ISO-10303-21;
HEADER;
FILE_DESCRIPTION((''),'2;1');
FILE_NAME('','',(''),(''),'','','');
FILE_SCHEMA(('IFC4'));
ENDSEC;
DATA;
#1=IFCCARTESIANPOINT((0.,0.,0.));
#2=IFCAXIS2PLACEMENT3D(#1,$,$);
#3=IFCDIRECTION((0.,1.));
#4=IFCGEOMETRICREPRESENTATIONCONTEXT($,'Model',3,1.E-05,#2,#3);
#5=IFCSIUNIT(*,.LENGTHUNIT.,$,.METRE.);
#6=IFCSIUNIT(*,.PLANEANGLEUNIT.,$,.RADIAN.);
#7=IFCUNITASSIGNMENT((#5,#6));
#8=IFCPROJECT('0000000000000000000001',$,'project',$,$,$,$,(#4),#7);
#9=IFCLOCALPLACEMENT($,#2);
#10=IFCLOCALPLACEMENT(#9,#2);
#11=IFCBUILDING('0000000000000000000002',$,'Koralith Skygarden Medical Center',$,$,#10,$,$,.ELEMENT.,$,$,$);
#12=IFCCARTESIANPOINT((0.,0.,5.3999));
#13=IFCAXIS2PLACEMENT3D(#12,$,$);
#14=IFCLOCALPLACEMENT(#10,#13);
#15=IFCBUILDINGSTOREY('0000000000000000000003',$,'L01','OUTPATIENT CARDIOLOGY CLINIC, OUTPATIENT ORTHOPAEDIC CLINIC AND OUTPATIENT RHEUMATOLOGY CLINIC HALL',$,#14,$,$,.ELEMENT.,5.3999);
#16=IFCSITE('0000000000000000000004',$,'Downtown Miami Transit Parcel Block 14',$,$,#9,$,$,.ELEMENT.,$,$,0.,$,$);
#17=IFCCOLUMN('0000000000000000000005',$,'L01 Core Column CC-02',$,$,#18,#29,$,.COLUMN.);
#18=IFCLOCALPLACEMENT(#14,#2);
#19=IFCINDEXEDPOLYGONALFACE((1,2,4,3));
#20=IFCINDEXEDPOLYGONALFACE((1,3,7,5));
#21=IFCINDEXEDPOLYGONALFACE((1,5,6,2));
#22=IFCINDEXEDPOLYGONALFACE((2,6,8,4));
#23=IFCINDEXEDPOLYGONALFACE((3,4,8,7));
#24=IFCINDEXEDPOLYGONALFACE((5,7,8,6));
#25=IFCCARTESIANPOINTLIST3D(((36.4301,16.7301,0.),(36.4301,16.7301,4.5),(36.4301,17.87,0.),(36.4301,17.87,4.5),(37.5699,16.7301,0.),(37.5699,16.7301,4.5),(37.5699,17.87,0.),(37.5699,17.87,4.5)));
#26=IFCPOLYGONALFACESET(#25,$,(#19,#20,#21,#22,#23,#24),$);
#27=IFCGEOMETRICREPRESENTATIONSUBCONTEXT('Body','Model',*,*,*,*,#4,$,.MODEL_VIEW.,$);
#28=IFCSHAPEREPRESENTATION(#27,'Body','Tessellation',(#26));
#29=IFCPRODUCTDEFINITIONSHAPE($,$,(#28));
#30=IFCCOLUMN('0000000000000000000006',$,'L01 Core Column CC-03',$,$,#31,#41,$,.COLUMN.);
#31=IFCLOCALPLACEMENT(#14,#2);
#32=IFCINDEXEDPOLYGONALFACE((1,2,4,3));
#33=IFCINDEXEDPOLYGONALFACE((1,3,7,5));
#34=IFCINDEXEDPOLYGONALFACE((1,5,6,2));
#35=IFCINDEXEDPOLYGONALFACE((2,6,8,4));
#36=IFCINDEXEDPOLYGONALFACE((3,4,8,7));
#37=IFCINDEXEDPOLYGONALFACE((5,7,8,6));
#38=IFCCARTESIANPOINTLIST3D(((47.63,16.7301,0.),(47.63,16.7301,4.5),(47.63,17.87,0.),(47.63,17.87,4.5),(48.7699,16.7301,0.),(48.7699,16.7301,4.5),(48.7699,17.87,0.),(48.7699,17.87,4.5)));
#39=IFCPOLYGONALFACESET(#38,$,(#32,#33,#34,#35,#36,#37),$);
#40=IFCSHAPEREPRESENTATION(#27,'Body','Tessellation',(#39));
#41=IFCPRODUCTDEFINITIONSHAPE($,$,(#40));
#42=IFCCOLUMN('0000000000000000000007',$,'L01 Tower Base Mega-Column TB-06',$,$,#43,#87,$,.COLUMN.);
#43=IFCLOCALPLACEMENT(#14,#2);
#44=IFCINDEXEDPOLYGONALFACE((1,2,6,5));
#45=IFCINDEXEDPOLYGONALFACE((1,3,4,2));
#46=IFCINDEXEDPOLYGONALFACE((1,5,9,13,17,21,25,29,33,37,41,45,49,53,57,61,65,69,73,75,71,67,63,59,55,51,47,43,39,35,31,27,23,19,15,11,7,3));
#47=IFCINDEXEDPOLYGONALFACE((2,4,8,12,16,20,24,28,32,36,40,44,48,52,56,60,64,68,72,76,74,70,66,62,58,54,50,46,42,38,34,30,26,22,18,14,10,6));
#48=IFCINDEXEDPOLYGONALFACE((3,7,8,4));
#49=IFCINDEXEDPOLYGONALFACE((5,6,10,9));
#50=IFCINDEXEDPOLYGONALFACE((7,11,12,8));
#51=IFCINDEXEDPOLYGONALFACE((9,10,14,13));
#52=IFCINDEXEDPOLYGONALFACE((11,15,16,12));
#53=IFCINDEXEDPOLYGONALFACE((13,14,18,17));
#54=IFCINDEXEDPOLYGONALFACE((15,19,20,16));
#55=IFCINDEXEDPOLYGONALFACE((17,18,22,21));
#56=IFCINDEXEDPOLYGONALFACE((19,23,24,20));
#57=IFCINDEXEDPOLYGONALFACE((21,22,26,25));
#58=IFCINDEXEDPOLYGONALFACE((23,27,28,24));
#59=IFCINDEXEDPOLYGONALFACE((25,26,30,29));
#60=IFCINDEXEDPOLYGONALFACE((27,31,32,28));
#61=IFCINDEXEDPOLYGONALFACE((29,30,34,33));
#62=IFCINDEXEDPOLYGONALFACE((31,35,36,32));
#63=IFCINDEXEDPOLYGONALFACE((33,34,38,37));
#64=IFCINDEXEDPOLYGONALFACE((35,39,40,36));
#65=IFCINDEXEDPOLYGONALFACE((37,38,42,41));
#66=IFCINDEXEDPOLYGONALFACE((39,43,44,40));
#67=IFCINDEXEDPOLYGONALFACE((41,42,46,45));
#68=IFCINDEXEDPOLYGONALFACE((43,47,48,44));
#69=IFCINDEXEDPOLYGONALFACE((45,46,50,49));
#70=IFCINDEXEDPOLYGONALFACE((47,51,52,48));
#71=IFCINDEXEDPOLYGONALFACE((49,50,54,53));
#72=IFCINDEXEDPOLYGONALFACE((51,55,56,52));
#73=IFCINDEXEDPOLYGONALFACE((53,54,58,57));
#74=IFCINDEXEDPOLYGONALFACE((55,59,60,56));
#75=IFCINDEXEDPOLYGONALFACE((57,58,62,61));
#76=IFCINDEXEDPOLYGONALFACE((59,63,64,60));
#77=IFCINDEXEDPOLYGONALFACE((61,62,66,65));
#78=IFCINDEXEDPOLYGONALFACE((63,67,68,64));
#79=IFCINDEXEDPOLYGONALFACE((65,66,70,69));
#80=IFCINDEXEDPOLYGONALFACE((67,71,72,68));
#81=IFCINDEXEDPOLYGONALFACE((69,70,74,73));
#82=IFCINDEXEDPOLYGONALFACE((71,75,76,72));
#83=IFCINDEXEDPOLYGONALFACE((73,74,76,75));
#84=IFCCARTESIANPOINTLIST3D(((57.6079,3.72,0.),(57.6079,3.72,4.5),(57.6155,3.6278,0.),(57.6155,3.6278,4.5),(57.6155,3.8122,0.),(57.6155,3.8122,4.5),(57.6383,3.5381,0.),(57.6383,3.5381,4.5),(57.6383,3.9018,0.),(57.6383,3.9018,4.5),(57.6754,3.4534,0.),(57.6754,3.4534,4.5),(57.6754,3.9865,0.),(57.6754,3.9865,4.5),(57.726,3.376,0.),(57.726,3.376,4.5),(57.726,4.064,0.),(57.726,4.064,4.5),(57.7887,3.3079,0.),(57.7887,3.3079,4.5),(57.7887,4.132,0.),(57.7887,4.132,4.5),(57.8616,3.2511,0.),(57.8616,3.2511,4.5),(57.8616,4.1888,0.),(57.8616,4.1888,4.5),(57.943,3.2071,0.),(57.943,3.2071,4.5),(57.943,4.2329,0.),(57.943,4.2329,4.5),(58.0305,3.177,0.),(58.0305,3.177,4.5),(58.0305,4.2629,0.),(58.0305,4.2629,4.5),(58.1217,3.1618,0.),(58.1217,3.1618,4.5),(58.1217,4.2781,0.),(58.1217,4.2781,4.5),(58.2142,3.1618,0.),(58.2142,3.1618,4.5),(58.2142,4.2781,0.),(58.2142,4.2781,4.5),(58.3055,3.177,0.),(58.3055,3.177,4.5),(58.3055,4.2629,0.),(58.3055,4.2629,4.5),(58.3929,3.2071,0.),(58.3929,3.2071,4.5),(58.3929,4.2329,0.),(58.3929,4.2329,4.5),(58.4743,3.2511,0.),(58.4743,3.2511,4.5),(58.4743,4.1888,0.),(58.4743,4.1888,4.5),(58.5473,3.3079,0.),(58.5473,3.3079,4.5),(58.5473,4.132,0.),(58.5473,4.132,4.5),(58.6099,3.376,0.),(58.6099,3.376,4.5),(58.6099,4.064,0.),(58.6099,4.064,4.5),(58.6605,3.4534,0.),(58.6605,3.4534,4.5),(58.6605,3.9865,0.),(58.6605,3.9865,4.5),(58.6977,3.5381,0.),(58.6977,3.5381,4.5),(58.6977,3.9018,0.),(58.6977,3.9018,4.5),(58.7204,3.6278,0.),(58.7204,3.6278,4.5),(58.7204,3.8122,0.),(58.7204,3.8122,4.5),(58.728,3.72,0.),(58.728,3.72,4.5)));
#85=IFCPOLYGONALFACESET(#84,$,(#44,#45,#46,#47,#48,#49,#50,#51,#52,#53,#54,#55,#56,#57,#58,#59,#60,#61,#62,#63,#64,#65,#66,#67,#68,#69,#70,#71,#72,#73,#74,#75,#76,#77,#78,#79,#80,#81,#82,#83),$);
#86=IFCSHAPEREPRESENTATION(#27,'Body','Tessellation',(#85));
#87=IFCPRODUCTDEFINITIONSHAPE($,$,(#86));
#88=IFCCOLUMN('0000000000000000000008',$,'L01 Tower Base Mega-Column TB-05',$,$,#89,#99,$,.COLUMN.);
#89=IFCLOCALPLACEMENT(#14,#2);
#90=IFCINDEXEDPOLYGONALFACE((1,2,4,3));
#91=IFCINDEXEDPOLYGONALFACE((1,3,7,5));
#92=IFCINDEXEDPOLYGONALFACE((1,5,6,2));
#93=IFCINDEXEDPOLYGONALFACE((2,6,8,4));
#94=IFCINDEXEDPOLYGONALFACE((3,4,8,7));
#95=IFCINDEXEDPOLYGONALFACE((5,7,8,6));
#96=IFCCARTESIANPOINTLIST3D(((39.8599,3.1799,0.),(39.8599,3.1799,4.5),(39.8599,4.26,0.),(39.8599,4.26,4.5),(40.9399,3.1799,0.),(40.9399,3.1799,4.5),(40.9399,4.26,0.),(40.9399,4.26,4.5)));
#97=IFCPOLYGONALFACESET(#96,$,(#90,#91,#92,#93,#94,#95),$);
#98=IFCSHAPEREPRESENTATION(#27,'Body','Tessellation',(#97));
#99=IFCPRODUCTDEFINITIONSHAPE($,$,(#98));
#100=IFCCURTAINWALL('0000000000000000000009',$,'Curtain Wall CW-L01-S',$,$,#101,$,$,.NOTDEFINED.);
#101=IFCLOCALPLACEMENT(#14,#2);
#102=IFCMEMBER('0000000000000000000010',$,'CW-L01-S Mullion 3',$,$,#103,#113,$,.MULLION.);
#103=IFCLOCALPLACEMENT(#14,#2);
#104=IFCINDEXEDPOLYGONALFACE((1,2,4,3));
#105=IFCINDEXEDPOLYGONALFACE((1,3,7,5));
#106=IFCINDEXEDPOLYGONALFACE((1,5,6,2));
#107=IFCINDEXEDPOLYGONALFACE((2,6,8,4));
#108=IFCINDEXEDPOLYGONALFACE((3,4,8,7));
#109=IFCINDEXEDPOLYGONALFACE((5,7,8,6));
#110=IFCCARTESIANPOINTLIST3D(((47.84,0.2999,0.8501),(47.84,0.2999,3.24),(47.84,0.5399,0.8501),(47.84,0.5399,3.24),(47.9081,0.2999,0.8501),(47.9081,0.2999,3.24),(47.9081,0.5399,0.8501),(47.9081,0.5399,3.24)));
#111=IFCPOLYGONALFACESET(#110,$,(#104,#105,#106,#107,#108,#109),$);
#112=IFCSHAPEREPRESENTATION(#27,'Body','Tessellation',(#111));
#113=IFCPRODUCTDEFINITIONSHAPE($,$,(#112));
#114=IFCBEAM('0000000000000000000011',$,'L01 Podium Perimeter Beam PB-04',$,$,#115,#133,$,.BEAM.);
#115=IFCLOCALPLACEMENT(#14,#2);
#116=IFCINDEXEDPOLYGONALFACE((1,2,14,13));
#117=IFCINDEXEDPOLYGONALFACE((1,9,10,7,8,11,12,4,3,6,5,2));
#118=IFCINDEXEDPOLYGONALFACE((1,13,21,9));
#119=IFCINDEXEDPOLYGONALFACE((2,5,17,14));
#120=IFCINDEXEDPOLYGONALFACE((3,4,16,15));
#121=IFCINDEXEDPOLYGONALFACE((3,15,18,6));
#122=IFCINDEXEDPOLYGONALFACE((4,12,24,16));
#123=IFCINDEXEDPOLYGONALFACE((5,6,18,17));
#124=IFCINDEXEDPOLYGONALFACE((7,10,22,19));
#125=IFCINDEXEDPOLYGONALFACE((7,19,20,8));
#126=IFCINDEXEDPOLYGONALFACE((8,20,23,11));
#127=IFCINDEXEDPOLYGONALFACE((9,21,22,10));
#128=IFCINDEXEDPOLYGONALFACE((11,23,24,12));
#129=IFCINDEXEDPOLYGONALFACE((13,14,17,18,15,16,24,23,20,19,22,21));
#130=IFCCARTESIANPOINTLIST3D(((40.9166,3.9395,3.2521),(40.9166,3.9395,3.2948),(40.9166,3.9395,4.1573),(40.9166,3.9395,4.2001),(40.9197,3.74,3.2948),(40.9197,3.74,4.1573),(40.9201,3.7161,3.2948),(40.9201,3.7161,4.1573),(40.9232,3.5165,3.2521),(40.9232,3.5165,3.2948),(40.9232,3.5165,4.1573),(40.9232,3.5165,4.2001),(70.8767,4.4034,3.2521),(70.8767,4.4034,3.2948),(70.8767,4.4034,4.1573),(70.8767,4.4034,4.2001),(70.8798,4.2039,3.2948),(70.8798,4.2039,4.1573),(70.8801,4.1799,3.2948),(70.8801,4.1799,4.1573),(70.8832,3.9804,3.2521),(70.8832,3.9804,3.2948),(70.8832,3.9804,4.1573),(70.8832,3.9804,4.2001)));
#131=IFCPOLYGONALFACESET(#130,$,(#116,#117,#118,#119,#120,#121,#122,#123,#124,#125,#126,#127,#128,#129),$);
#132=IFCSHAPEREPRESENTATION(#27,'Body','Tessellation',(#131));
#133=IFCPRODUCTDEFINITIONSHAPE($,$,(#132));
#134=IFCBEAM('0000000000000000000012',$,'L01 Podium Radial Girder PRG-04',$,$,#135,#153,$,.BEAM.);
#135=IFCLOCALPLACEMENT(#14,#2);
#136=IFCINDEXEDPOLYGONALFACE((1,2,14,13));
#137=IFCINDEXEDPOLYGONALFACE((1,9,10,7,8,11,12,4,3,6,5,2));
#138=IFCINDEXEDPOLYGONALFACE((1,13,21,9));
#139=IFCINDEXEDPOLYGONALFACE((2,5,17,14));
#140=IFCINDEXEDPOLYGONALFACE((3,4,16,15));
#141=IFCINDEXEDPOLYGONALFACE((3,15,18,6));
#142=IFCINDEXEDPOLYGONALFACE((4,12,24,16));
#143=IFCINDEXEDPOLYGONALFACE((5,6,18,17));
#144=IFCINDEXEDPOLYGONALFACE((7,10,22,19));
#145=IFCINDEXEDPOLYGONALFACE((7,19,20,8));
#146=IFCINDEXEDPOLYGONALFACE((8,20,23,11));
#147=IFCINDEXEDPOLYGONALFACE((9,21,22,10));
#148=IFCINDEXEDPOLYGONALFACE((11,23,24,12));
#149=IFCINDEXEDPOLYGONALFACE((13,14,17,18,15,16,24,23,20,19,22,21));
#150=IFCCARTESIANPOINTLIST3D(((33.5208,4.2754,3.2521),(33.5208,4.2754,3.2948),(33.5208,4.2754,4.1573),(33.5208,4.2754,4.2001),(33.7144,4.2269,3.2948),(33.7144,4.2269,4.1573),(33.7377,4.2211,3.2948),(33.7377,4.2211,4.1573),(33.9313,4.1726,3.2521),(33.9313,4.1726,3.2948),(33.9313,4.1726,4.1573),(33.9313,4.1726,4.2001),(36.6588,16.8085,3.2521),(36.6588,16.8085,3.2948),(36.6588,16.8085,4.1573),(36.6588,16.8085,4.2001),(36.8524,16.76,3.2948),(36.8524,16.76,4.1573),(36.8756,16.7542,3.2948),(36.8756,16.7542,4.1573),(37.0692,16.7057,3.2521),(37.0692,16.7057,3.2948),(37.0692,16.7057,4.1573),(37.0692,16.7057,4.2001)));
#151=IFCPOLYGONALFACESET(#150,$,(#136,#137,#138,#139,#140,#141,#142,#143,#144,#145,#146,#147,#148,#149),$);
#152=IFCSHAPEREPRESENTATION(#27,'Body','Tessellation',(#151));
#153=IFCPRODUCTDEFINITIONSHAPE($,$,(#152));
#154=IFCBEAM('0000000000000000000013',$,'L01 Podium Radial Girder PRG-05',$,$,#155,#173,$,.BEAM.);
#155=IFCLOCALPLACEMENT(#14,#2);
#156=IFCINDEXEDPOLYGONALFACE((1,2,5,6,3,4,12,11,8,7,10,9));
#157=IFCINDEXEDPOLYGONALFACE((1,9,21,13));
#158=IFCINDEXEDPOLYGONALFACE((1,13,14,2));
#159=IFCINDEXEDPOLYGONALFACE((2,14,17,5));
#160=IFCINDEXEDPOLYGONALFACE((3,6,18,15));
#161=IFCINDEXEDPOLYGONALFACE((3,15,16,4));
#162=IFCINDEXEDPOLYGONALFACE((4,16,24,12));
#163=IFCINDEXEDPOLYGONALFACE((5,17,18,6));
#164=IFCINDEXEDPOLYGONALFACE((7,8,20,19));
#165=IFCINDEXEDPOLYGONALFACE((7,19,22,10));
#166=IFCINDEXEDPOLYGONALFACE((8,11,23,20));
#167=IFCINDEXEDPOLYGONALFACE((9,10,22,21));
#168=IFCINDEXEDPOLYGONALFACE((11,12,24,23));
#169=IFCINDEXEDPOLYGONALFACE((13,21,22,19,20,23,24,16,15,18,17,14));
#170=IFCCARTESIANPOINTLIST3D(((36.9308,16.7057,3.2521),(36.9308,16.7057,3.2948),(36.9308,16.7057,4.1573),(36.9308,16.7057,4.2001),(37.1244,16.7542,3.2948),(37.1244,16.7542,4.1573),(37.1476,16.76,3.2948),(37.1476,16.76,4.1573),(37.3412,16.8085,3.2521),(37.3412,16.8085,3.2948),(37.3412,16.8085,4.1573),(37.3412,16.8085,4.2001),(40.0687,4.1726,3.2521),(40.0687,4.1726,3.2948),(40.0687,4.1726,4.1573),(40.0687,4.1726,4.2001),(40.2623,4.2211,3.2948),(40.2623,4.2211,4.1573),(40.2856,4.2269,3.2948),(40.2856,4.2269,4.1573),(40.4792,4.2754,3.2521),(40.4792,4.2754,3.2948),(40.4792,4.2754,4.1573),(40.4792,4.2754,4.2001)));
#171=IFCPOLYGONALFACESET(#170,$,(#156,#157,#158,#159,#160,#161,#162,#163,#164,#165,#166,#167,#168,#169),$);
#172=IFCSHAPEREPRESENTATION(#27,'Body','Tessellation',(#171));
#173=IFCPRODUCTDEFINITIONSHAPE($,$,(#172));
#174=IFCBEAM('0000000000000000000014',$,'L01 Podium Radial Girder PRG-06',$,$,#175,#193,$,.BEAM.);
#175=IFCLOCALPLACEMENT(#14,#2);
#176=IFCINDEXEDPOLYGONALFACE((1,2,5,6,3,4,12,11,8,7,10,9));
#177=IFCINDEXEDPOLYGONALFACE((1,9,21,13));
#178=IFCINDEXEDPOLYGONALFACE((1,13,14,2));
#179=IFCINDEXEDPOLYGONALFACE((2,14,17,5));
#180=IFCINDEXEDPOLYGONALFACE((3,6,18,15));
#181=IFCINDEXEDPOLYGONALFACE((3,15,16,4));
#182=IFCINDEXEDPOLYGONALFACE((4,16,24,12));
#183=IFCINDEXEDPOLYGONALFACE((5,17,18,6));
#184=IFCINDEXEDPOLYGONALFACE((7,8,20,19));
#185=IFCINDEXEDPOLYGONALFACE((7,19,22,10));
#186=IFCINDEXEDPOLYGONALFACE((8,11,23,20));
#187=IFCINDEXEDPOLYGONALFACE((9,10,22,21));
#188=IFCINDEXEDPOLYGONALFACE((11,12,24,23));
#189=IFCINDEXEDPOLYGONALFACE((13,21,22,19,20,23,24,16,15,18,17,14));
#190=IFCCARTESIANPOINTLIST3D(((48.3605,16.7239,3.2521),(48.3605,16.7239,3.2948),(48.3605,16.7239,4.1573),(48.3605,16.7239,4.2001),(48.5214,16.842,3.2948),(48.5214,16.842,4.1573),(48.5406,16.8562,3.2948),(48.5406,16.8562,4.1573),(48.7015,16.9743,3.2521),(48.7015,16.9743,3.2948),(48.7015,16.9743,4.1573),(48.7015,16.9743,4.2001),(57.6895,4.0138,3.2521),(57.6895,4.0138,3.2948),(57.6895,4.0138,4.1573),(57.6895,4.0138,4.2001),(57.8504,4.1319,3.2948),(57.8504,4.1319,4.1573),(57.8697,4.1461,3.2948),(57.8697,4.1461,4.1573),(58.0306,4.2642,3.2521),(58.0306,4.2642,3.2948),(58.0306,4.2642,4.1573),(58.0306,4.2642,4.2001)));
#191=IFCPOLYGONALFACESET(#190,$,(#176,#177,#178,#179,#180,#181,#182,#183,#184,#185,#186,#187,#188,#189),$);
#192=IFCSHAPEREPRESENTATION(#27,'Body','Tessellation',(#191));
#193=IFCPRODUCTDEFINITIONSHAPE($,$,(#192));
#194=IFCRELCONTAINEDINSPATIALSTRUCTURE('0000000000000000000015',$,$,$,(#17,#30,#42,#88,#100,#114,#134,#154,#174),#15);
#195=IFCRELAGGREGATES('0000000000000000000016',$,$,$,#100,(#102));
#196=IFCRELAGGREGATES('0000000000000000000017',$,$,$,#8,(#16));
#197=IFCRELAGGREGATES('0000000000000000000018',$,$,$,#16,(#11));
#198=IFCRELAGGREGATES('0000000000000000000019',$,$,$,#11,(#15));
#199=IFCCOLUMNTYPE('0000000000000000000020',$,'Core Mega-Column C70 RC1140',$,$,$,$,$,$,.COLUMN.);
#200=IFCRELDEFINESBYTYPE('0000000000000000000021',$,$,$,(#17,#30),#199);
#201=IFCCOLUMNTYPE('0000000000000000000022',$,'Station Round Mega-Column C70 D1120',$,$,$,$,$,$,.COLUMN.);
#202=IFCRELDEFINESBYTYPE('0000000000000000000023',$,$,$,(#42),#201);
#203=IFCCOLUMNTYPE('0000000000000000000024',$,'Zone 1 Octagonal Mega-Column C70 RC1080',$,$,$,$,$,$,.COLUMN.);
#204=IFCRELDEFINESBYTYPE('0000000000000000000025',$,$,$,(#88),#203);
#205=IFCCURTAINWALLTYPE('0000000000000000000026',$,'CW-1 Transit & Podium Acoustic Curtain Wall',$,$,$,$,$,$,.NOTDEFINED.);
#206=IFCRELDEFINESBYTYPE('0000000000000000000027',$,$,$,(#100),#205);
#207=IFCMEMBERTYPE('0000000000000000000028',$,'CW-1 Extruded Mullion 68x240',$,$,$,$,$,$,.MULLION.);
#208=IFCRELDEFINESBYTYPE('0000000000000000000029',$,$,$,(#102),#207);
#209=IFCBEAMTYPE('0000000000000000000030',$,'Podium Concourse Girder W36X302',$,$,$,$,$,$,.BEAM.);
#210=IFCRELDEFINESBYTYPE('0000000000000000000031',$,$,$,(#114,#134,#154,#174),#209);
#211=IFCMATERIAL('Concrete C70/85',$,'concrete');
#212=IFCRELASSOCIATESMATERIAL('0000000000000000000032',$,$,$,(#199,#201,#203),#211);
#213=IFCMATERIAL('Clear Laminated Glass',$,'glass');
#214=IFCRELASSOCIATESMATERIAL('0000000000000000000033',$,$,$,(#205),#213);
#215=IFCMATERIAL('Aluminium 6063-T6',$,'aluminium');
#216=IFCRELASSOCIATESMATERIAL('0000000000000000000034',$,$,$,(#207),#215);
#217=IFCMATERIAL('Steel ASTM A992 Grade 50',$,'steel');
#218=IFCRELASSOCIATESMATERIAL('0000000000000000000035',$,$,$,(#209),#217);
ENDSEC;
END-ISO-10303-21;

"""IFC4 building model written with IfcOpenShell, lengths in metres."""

from ifc_helpers import new_model, si_unit, direction, frame, origin, origin_2d, place, context, subcontext, project, spatial, rectangle, circle, i_section, extrude, material, material_profile, profile_set, type_object, element, aggregate, save


model = new_model("IFC4")

# Units and contexts
model_context = context("Model", 3, precision=1e-05, world=origin(), true_north=direction((0.0, 1.0)))
body_context = subcontext(model_context, "Body", "Model", "MODEL_VIEW")
ifc_project = project(units=[si_unit("LENGTHUNIT", "METRE"), si_unit("PLANEANGLEUNIT", "RADIAN")], contexts=[model_context])

# Site, building, storey
site_placement = place(None, origin())
site = spatial("IfcSite", under=ifc_project, at=site_placement, Name="Downtown Miami Transit Parcel Block 14", CompositionType="ELEMENT", RefElevation=0.0)
building_placement = place(site_placement, origin())
building = spatial("IfcBuilding", under=site, at=building_placement, Name="Koralith Skygarden Medical Center", CompositionType="ELEMENT")
storey_placement = place(building_placement, frame((0.0, 0.0, 5.3999)))
storey = spatial("IfcBuildingStorey", under=building, at=storey_placement, Name="L01", Description="OUTPATIENT CARDIOLOGY CLINIC, OUTPATIENT ORTHOPAEDIC CLINIC AND OUTPATIENT RHEUMATOLOGY CLINIC HALL", CompositionType="ELEMENT", Elevation=5.3999)

# Columns
ifc_material_1 = material(Name="Concrete C70/85", Category="concrete")
ifc_material_profile_1 = material_profile(ifc_material_1, rectangle(XDim=1.1399, YDim=1.1399, at=origin_2d()), Name="RC1140X1140")
ifc_profile_set_1 = profile_set([ifc_material_profile_1], Name="Concrete C70/85")
column_type_1 = type_object("IfcColumnType", Name="Core Mega-Column C70 RC1140", PredefinedType="COLUMN", material=ifc_profile_set_1)
for number, where, z_axis, x_axis, name in (
    (1, (37.0, 17.3, 0.0), (0.0, 0.0, 1.0), (1.0, 0.0, 0.0), "L01 Core Column CC-02"),
    (2, (48.2, 17.3, 0.0), (0.0, 0.0, 1.0), (1.0, 0.0, 0.0), "L01 Core Column CC-03"),
):
    element("IfcColumn", number, at=place(storey_placement, frame(where, z_axis=z_axis, x_axis=x_axis)), inside=storey, type_object=column_type_1, Name=name, PredefinedType="COLUMN", context=body_context, shape_type="SweptSolid", body=[
        extrude(rectangle(XDim=1.1399, YDim=1.1399, at=origin_2d()), origin(), (0.0, 0.0, 1.0), 4.5),
    ])
ifc_material_profile_2 = material_profile(ifc_material_1, circle(Radius=0.5601, at=origin_2d()), Name="RCCOL1120")
ifc_profile_set_2 = profile_set([ifc_material_profile_2], Name="Concrete C70/85")
column_type_2 = type_object("IfcColumnType", Name="Station Round Mega-Column C70 D1120", PredefinedType="COLUMN", material=ifc_profile_set_2)
column_1_placement = place(storey_placement, frame((58.168, 3.72, 0.0), z_axis=(0.0, 0.0, 1.0), x_axis=(1.0, 0.0, 0.0)))
element("IfcColumn", 3, at=column_1_placement, inside=storey, type_object=column_type_2, Name="L01 Tower Base Mega-Column TB-06", PredefinedType="COLUMN", context=body_context, shape_type="SweptSolid", body=[
    extrude(circle(Radius=0.5601, at=origin_2d()), origin(), (0.0, 0.0, 1.0), 4.5),
])
ifc_material_profile_3 = material_profile(ifc_material_1, rectangle(XDim=1.0801, YDim=1.0801, at=origin_2d()), Name="RC1080X1080")
ifc_profile_set_3 = profile_set([ifc_material_profile_3], Name="Concrete C70/85")
column_type_3 = type_object("IfcColumnType", Name="Zone 1 Octagonal Mega-Column C70 RC1080", PredefinedType="COLUMN", material=ifc_profile_set_3)
column_2_placement = place(storey_placement, frame((40.3999, 3.72, 0.0), z_axis=(0.0, 0.0, 1.0), x_axis=(1.0, 0.0, 0.0)))
element("IfcColumn", 4, at=column_2_placement, inside=storey, type_object=column_type_3, Name="L01 Tower Base Mega-Column TB-05", PredefinedType="COLUMN", context=body_context, shape_type="SweptSolid", body=[
    extrude(rectangle(XDim=1.0801, YDim=1.0801, at=origin_2d()), origin(), (0.0, 0.0, 1.0), 4.5),
])

# Curtain wall, member
ifc_material_2 = material(Name="Clear Laminated Glass", Category="glass")
curtain_wall_type = type_object("IfcCurtainWallType", Name="CW-1 Transit & Podium Acoustic Curtain Wall", PredefinedType="NOTDEFINED", material=ifc_material_2)
curtain_wall_placement = place(storey_placement, origin())
curtain_wall = element("IfcCurtainWall", 5, at=curtain_wall_placement, inside=storey, type_object=curtain_wall_type, Name="Curtain Wall CW-L01-S", PredefinedType="NOTDEFINED")
ifc_material_3 = material(Name="Aluminium 6063-T6", Category="aluminium")
ifc_material_profile_4 = material_profile(ifc_material_3, rectangle(XDim=0.0681, YDim=0.24, at=origin_2d()), Name="MUL68X240")
ifc_profile_set_4 = profile_set([ifc_material_profile_4], Name="Aluminium 6063-T6")
member_type = type_object("IfcMemberType", Name="CW-1 Extruded Mullion 68x240", PredefinedType="MULLION", material=ifc_profile_set_4)
member_placement = place(storey_placement, frame((47.874, 0.4199, 0.8501), z_axis=(0.0, 0.0, 1.0), x_axis=(1.0, 0.0, 0.0)))
member = element("IfcMember", 6, at=member_placement, type_object=member_type, Name="CW-L01-S Mullion 3", PredefinedType="MULLION", context=body_context, shape_type="SweptSolid", body=[
    extrude(rectangle(XDim=0.0681, YDim=0.24, at=origin_2d()), origin(), (0.0, 0.0, 1.0), 2.3899),
])

# Beams
ifc_material_4 = material(Name="Steel ASTM A992 Grade 50", Category="steel")
ifc_material_profile_5 = material_profile(ifc_material_4, i_section(OverallWidth=0.4231, OverallDepth=0.948, WebThickness=0.0239, FlangeThickness=0.0427, at=origin_2d()), Name="W36X302")
ifc_profile_set_5 = profile_set([ifc_material_profile_5], Name="Steel ASTM A992 Grade 50")
beam_type = type_object("IfcBeamType", Name="Podium Concourse Girder W36X302", PredefinedType="BEAM", material=ifc_profile_set_5)
beam_1_placement = place(storey_placement, frame((40.9199, 3.728, 3.7261), z_axis=(0.99988, 0.015481, 0.0), x_axis=(-0.015481, 0.99988, 0.0)))
element("IfcBeam", 7, at=beam_1_placement, inside=storey, type_object=beam_type, Name="L01 Podium Perimeter Beam PB-04", PredefinedType="BEAM", context=body_context, shape_type="SweptSolid", body=[
    extrude(i_section(OverallWidth=0.4231, OverallDepth=0.948, WebThickness=0.0239, FlangeThickness=0.0427, at=origin_2d()), origin(), (0.0, 0.0, 1.0), 29.9636),
])
for number, where, z_axis, x_axis, name in (
    (8, (36.864, 16.7571, 3.7261), (-0.242878, -0.970057, 0.0), (0.970057, -0.242878, 0.0), "L01 Podium Radial Girder PRG-04"),
    (9, (37.136, 16.7571, 3.7261), (0.242878, -0.970057, 0.0), (0.970057, 0.242878, 0.0), "L01 Podium Radial Girder PRG-05"),
):
    element("IfcBeam", number, at=place(storey_placement, frame(where, z_axis=z_axis, x_axis=x_axis)), inside=storey, type_object=beam_type, Name=name, PredefinedType="BEAM", context=body_context, shape_type="SweptSolid", body=[
        extrude(i_section(OverallWidth=0.4231, OverallDepth=0.948, WebThickness=0.0239, FlangeThickness=0.0427, at=origin_2d()), origin(), (0.0, 0.0, 1.0), 12.9199),
    ])
beam_2_placement = place(storey_placement, frame((48.531, 16.8491, 3.7261), z_axis=(0.591705, -0.806154, 0.0), x_axis=(0.806154, 0.591705, 0.0)))
element("IfcBeam", 10, at=beam_2_placement, inside=storey, type_object=beam_type, Name="L01 Podium Radial Girder PRG-06", PredefinedType="BEAM", context=body_context, shape_type="SweptSolid", body=[
    extrude(i_section(OverallWidth=0.4231, OverallDepth=0.948, WebThickness=0.0239, FlangeThickness=0.0427, at=origin_2d()), origin(), (0.0, 0.0, 1.0), 15.7664),
])

aggregate(curtain_wall, [member])

save(model, "model.ifc")
